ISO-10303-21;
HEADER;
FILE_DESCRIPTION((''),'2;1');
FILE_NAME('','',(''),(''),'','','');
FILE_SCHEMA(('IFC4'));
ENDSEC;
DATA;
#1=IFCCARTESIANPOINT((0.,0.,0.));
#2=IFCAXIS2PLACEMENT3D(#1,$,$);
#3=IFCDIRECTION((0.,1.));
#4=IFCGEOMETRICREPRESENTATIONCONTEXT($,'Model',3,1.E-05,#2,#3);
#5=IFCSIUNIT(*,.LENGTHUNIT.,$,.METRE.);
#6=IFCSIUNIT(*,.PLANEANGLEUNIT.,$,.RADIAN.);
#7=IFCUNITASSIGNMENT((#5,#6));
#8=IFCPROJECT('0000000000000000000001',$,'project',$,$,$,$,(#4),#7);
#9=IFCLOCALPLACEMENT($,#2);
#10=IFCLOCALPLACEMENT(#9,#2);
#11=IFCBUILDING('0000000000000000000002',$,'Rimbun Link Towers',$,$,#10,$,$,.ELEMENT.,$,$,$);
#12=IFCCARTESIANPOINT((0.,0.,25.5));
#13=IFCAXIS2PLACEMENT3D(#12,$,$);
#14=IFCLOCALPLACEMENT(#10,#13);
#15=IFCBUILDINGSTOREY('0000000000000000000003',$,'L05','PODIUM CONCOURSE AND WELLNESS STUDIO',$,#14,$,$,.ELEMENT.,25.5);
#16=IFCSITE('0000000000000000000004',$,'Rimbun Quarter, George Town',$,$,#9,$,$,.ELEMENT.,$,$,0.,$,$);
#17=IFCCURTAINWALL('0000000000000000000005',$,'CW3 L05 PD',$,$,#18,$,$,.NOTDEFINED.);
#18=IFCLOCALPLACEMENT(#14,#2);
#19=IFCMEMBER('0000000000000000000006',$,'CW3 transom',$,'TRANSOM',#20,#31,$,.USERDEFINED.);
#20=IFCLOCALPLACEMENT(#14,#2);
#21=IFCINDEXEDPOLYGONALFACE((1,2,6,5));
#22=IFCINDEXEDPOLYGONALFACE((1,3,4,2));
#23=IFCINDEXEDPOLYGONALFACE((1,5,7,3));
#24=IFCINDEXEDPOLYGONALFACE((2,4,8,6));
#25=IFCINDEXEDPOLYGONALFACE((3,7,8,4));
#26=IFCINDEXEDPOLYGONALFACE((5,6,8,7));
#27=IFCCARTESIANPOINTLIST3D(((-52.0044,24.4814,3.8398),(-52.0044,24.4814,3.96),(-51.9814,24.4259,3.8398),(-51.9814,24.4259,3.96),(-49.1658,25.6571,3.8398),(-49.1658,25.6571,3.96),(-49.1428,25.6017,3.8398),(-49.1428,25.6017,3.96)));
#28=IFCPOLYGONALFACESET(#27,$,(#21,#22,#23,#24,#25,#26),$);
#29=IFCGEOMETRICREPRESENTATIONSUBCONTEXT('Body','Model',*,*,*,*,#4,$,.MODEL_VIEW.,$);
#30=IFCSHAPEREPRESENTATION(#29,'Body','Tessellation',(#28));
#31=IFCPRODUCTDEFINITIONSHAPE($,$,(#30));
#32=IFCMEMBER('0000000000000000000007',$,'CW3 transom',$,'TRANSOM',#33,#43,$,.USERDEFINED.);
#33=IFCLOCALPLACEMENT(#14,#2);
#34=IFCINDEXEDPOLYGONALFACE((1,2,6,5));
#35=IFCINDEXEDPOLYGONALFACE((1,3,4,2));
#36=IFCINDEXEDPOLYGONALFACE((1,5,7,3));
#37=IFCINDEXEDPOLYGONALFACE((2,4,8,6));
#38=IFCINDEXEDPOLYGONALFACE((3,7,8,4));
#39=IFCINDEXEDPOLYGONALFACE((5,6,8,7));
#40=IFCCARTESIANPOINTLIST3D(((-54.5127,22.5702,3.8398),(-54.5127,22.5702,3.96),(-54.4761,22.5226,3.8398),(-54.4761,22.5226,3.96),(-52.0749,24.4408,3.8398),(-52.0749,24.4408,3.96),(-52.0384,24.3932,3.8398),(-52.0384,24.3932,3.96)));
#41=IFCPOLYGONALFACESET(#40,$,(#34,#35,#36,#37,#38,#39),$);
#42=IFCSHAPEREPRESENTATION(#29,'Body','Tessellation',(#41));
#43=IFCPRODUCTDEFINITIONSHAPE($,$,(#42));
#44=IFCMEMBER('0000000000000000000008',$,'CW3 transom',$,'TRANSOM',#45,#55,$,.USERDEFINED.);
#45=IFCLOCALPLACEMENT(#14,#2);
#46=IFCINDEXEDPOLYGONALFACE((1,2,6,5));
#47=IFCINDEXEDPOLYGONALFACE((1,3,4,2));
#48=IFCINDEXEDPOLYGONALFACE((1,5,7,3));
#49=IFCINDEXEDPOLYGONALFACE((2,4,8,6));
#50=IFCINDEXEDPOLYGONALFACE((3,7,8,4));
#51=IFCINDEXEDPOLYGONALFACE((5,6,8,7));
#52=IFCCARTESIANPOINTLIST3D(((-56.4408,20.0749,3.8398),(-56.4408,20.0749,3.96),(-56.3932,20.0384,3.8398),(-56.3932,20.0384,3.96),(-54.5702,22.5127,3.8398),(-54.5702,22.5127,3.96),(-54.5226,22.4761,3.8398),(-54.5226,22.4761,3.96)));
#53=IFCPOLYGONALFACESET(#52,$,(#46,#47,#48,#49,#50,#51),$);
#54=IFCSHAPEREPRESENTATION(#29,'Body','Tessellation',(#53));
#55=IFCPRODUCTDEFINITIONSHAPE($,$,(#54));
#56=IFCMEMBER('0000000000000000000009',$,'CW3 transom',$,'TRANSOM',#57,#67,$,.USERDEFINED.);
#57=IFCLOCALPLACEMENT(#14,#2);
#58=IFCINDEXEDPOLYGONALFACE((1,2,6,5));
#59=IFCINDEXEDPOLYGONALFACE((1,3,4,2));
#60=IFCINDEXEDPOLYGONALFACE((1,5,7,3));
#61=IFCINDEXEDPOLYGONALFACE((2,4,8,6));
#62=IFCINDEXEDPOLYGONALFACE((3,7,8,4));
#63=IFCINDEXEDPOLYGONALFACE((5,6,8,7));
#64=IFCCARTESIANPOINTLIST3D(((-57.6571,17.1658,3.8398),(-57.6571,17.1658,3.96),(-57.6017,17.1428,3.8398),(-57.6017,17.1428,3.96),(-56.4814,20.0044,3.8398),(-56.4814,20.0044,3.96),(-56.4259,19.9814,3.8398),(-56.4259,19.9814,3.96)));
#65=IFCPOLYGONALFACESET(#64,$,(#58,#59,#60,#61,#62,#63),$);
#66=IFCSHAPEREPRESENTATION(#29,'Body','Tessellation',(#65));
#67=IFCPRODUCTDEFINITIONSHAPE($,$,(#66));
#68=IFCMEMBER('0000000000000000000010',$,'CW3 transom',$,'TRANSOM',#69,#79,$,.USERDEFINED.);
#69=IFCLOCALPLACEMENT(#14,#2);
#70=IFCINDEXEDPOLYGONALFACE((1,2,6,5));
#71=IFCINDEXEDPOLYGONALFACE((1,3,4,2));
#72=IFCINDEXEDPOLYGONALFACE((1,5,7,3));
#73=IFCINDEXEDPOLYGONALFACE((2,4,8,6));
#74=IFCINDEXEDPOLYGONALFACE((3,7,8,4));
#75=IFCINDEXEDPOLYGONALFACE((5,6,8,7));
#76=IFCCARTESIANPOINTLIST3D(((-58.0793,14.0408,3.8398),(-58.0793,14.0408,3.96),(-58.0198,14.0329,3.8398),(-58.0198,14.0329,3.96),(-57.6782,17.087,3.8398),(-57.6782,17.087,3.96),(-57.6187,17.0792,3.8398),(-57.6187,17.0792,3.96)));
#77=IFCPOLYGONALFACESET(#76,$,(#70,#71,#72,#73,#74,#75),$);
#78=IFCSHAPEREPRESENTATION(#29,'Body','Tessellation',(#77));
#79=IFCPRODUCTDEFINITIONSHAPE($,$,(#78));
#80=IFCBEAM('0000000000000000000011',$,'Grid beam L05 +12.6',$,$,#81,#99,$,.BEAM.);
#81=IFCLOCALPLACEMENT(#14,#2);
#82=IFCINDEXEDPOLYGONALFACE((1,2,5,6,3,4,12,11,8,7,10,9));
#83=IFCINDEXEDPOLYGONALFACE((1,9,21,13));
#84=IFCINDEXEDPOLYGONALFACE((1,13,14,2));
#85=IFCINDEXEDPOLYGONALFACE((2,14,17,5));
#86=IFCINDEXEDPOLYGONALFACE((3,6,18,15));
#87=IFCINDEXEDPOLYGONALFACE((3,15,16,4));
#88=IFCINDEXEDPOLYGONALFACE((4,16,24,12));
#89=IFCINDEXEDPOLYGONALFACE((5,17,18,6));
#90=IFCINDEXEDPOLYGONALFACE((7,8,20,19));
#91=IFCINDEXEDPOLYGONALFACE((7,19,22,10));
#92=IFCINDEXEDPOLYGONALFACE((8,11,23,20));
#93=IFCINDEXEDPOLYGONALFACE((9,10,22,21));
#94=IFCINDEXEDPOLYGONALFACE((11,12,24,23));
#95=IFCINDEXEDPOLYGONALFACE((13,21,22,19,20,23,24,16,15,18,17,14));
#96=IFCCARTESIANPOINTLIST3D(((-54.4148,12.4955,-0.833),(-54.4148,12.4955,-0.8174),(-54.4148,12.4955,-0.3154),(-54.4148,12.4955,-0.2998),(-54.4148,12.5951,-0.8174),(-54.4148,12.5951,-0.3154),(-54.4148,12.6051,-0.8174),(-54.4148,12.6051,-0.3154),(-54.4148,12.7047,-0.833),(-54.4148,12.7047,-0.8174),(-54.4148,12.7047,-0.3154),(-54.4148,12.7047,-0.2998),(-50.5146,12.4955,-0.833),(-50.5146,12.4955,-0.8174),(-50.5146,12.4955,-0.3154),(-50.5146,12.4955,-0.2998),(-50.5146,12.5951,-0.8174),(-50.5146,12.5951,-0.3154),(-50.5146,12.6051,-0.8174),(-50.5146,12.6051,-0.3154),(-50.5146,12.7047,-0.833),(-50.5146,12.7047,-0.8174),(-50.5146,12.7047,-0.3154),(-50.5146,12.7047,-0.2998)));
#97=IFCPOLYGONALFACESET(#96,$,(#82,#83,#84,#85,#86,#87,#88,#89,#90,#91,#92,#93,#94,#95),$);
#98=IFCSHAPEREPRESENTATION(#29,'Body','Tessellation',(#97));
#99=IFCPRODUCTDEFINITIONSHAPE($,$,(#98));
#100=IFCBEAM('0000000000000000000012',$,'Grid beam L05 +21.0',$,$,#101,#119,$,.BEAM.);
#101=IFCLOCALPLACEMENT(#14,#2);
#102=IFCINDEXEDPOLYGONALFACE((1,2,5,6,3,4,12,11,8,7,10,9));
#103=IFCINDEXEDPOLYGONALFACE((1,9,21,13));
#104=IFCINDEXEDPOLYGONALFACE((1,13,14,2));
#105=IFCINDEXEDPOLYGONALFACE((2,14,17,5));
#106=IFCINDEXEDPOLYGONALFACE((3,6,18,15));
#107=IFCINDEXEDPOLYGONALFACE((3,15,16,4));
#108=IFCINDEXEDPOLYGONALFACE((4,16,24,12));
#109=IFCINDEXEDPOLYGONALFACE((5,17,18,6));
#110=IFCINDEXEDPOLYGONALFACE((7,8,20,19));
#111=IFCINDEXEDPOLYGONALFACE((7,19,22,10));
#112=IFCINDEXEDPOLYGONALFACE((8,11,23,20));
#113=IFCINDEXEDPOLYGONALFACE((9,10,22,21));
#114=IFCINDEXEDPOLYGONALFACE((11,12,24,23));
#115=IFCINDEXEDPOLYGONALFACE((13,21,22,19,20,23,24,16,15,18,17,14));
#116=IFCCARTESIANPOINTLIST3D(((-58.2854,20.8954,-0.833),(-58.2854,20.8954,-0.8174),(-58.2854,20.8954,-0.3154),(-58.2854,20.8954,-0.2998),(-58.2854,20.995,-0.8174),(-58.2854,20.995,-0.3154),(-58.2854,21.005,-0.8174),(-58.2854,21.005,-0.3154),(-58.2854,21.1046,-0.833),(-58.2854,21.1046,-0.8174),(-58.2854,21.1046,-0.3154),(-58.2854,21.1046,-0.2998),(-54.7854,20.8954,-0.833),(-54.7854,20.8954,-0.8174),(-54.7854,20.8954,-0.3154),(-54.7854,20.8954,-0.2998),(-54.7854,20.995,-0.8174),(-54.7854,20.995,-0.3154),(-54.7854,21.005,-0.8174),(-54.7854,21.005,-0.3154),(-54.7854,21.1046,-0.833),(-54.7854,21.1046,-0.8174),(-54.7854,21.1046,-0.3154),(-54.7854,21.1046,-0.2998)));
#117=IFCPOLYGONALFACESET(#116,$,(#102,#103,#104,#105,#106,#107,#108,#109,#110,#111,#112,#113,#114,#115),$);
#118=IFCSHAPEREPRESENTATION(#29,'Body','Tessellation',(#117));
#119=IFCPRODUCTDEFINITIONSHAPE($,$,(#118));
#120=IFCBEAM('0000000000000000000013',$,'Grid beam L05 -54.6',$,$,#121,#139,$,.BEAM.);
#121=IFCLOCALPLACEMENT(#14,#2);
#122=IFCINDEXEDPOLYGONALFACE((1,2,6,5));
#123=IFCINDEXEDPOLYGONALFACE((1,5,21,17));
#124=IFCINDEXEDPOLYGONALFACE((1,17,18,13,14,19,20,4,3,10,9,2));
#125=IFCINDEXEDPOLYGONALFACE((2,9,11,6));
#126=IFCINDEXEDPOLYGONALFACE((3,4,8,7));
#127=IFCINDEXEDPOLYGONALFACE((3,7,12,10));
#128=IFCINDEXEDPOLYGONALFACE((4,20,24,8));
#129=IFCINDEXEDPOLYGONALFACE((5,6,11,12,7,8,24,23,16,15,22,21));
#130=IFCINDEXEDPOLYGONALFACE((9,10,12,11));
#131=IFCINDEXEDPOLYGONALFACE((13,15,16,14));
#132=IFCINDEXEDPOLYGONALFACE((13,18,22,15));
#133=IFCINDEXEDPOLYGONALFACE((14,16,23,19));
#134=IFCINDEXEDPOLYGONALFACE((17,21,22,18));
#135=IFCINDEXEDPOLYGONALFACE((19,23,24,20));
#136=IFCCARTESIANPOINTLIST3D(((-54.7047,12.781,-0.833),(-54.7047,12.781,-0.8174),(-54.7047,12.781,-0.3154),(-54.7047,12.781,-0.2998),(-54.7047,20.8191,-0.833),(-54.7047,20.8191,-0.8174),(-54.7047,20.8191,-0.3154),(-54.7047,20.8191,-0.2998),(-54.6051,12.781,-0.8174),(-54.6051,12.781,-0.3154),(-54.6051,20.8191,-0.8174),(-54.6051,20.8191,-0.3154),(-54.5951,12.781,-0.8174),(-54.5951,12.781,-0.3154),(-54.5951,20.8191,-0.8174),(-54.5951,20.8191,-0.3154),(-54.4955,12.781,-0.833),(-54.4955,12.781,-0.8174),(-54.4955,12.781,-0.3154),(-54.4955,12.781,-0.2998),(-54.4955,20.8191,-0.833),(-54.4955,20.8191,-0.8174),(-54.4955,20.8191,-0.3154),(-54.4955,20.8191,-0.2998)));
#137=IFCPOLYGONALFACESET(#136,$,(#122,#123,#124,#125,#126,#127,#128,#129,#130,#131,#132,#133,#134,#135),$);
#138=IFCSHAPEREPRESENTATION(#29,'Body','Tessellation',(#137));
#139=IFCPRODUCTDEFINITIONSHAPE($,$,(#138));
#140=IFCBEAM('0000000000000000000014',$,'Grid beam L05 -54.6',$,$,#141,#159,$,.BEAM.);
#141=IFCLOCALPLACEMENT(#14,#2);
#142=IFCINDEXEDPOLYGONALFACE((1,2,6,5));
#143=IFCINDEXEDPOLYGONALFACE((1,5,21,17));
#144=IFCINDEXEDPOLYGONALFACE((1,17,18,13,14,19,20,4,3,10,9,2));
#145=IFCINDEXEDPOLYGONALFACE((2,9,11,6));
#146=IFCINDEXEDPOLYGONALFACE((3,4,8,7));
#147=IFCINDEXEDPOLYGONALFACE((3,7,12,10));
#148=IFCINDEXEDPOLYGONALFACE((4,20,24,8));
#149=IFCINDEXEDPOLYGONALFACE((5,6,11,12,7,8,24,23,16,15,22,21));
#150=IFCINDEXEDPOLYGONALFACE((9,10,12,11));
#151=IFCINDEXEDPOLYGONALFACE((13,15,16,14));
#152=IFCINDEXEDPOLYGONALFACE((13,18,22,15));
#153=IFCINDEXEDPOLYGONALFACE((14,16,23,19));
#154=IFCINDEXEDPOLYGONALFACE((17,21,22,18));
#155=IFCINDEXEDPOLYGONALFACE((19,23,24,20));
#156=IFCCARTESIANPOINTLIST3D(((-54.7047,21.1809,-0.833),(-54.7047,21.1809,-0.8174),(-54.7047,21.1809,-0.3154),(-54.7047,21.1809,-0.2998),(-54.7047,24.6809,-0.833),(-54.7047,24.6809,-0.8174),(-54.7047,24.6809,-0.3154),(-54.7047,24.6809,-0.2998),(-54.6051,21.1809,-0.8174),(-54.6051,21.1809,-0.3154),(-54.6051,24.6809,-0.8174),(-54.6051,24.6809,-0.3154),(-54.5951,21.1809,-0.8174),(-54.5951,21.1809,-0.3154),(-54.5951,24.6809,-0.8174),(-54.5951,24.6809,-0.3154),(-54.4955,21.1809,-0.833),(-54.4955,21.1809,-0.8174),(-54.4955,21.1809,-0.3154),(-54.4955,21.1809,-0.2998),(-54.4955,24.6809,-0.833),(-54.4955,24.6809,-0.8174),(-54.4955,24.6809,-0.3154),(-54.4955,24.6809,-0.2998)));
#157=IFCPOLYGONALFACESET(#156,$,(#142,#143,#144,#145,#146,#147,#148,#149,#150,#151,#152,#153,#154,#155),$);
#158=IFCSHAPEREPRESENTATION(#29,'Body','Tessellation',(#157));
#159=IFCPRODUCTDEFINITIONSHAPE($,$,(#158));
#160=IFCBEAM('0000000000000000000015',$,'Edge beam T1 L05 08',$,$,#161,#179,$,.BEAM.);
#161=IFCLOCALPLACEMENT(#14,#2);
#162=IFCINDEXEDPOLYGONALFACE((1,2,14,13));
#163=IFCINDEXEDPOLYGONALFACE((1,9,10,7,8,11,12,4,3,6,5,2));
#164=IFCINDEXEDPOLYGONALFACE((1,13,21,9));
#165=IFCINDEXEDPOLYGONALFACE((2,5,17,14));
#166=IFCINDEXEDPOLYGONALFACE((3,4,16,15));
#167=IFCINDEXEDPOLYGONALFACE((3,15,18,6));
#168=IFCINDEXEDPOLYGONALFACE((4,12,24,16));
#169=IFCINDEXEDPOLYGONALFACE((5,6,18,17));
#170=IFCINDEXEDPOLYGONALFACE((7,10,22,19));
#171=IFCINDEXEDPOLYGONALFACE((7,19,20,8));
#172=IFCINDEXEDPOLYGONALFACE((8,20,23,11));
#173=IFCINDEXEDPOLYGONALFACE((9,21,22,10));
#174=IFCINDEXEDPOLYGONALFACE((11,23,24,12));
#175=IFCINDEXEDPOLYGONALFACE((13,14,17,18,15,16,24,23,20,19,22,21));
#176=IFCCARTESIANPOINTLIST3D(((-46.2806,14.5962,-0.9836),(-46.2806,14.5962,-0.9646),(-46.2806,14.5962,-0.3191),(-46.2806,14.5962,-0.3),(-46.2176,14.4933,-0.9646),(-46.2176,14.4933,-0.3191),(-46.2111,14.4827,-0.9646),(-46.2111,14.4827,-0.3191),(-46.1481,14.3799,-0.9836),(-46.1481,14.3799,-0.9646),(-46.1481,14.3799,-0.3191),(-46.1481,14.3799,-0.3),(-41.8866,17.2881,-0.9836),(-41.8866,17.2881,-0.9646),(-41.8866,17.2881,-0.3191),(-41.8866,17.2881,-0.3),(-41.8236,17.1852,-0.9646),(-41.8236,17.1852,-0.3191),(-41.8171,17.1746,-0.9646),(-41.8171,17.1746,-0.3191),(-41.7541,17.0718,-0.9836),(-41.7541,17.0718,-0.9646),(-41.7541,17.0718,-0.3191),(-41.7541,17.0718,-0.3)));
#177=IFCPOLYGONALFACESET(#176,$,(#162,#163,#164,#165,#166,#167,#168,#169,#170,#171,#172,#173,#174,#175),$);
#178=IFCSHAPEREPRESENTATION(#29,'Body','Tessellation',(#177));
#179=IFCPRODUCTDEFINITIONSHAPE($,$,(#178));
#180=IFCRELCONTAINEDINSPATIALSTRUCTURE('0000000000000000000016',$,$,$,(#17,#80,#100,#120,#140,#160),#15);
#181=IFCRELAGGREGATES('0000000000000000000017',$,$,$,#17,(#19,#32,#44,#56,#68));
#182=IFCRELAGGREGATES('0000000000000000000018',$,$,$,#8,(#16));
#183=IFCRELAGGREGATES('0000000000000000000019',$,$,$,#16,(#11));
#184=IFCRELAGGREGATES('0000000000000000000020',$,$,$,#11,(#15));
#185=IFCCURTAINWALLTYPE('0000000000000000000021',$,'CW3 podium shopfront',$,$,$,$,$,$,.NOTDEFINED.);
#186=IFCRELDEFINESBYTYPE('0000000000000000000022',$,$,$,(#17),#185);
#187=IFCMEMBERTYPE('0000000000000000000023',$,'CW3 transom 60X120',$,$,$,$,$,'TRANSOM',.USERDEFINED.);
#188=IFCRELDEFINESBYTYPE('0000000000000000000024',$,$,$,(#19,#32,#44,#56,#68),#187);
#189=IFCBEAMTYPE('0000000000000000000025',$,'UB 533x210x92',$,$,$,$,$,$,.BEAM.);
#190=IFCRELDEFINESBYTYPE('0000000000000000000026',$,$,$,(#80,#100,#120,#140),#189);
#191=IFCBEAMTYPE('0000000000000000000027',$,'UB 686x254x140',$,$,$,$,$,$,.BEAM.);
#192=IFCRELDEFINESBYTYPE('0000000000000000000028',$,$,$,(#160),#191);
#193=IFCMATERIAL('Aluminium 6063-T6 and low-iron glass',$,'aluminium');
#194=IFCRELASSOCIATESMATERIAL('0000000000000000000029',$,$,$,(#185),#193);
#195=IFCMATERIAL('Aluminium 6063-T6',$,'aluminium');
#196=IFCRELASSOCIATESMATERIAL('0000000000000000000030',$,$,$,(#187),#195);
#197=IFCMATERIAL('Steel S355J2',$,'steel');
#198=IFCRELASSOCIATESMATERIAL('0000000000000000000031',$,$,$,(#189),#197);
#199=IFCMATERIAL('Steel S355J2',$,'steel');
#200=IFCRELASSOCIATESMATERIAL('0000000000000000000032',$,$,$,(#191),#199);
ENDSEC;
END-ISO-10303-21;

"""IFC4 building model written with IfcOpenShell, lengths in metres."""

from ifc_helpers import new_model, si_unit, direction, frame, origin, origin_2d, place, context, subcontext, project, spatial, rectangle, i_section, extrude, material, material_profile, profile_set, type_object, element, aggregate, save


model = new_model("IFC4")

# Units and contexts
model_context = context("Model", 3, precision=1e-05, world=origin(), true_north=direction((0.0, 1.0)))
body_context = subcontext(model_context, "Body", "Model", "MODEL_VIEW")
ifc_project = project(units=[si_unit("LENGTHUNIT", "METRE"), si_unit("PLANEANGLEUNIT", "RADIAN")], contexts=[model_context])

# Site, building, storey
site_placement = place(None, origin())
site = spatial("IfcSite", under=ifc_project, at=site_placement, Name="Rimbun Quarter, George Town", CompositionType="ELEMENT", RefElevation=0.0)
building_placement = place(site_placement, origin())
building = spatial("IfcBuilding", under=site, at=building_placement, Name="Rimbun Link Towers", CompositionType="ELEMENT")
storey_placement = place(building_placement, frame((0.0, 0.0, 25.5)))
storey = spatial("IfcBuildingStorey", under=building, at=storey_placement, Name="L05", Description="PODIUM CONCOURSE AND WELLNESS STUDIO", CompositionType="ELEMENT", Elevation=25.5)

# Curtain wall, members
ifc_material_1 = material(Name="Aluminium 6063-T6 and low-iron glass", Category="aluminium")
curtain_wall_type = type_object("IfcCurtainWallType", Name="CW3 podium shopfront", PredefinedType="NOTDEFINED", material=ifc_material_1)
curtain_wall_placement = place(storey_placement, origin())
curtain_wall = element("IfcCurtainWall", 1, at=curtain_wall_placement, inside=storey, type_object=curtain_wall_type, Name="CW3 L05 PD", PredefinedType="NOTDEFINED")
ifc_material_2 = material(Name="Aluminium 6063-T6", Category="aluminium")
ifc_material_profile_1 = material_profile(ifc_material_2, rectangle(XDim=0.0601, YDim=0.1201, at=origin_2d()), Name="TRANSOM 60X120")
ifc_profile_set_1 = profile_set([ifc_material_profile_1], Name="Aluminium 6063-T6")
member_type_1 = type_object("IfcMemberType", Name="CW3 transom 60X120", ElementType="TRANSOM", PredefinedType="USERDEFINED", material=ifc_profile_set_1)
member_1_placement = place(storey_placement, frame((-51.9929, 24.4536, 3.8999), z_axis=(0.923881, 0.382679, 0.0), x_axis=(-0.382679, 0.923881, 0.0)))
member_1 = element("IfcMember", 2, at=member_1_placement, type_object=member_type_1, Name="CW3 transom", ObjectType="TRANSOM", PredefinedType="USERDEFINED", context=body_context, shape_type="SweptSolid", body=[
    extrude(rectangle(XDim=0.0601, YDim=0.1201, at=origin_2d()), origin(), (0.0, 0.0, 1.0), 3.0725),
])
member_2_placement = place(storey_placement, frame((-54.4944, 22.5464, 3.8999), z_axis=(0.793344, 0.608773, 0.0), x_axis=(-0.608773, 0.793344, 0.0)))
member_2 = element("IfcMember", 3, at=member_2_placement, type_object=member_type_1, Name="CW3 transom", ObjectType="TRANSOM", PredefinedType="USERDEFINED", context=body_context, shape_type="SweptSolid", body=[
    extrude(rectangle(XDim=0.0601, YDim=0.1201, at=origin_2d()), origin(), (0.0, 0.0, 1.0), 3.0728),
])
member_3_placement = place(storey_placement, frame((-56.417, 20.0566, 3.8999), z_axis=(0.608773, 0.793344, 0.0), x_axis=(-0.793344, 0.608773, 0.0)))
member_3 = element("IfcMember", 4, at=member_3_placement, type_object=member_type_1, Name="CW3 transom", ObjectType="TRANSOM", PredefinedType="USERDEFINED", context=body_context, shape_type="SweptSolid", body=[
    extrude(rectangle(XDim=0.0601, YDim=0.1201, at=origin_2d()), origin(), (0.0, 0.0, 1.0), 3.0728),
])
member_4_placement = place(storey_placement, frame((-57.6294, 17.1543, 3.8999), z_axis=(0.382679, 0.923881, 0.0), x_axis=(-0.923881, 0.382679, 0.0)))
member_4 = element("IfcMember", 5, at=member_4_placement, type_object=member_type_1, Name="CW3 transom", ObjectType="TRANSOM", PredefinedType="USERDEFINED", context=body_context, shape_type="SweptSolid", body=[
    extrude(rectangle(XDim=0.0601, YDim=0.1201, at=origin_2d()), origin(), (0.0, 0.0, 1.0), 3.0725),
])
member_5_placement = place(storey_placement, frame((-58.0496, 14.0369, 3.8999), z_axis=(0.130555, 0.991441, 0.0), x_axis=(-0.991441, 0.130555, 0.0)))
member_5 = element("IfcMember", 6, at=member_5_placement, type_object=member_type_1, Name="CW3 transom", ObjectType="TRANSOM", PredefinedType="USERDEFINED", context=body_context, shape_type="SweptSolid", body=[
    extrude(rectangle(XDim=0.0601, YDim=0.1201, at=origin_2d()), origin(), (0.0, 0.0, 1.0), 3.0725),
])

# Beams
ifc_material_3 = material(Name="Steel S355J2", Category="steel")
ifc_material_profile_2 = material_profile(ifc_material_3, i_section(OverallWidth=0.2092, OverallDepth=0.5332, WebThickness=0.01, FlangeThickness=0.0156, at=origin_2d()), Name="UB 533x210x92")
ifc_profile_set_2 = profile_set([ifc_material_profile_2], Name="Steel S355J2")
beam_type_1 = type_object("IfcBeamType", Name="UB 533x210x92", PredefinedType="BEAM", material=ifc_profile_set_2)
beam_1_placement = place(storey_placement, frame((-54.4148, 12.6001, -0.5664), z_axis=(1.0, 0.0, 0.0), x_axis=(0.0, 1.0, 0.0)))
element("IfcBeam", 7, at=beam_1_placement, inside=storey, type_object=beam_type_1, Name="Grid beam L05 +12.6", PredefinedType="BEAM", context=body_context, shape_type="SweptSolid", body=[
    extrude(i_section(OverallWidth=0.2092, OverallDepth=0.5332, WebThickness=0.01, FlangeThickness=0.0156, at=origin_2d()), origin(), (0.0, 0.0, 1.0), 3.9001),
])
beam_2_placement = place(storey_placement, frame((-58.2854, 21.0, -0.5664), z_axis=(1.0, 0.0, 0.0), x_axis=(0.0, 1.0, 0.0)))
element("IfcBeam", 8, at=beam_2_placement, inside=storey, type_object=beam_type_1, Name="Grid beam L05 +21.0", PredefinedType="BEAM", context=body_context, shape_type="SweptSolid", body=[
    extrude(i_section(OverallWidth=0.2092, OverallDepth=0.5332, WebThickness=0.01, FlangeThickness=0.0156, at=origin_2d()), origin(), (0.0, 0.0, 1.0), 3.5),
])
beam_3_placement = place(storey_placement, frame((-54.6001, 12.781, -0.5664), z_axis=(0.0, 1.0, 0.0), x_axis=(-1.0, 0.0, 0.0)))
element("IfcBeam", 9, at=beam_3_placement, inside=storey, type_object=beam_type_1, Name="Grid beam L05 -54.6", PredefinedType="BEAM", context=body_context, shape_type="SweptSolid", body=[
    extrude(i_section(OverallWidth=0.2092, OverallDepth=0.5332, WebThickness=0.01, FlangeThickness=0.0156, at=origin_2d()), origin(), (0.0, 0.0, 1.0), 8.0381),
])
beam_4_placement = place(storey_placement, frame((-54.6001, 21.1809, -0.5664), z_axis=(0.0, 1.0, 0.0), x_axis=(-1.0, 0.0, 0.0)))
element("IfcBeam", 10, at=beam_4_placement, inside=storey, type_object=beam_type_1, Name="Grid beam L05 -54.6", PredefinedType="BEAM", context=body_context, shape_type="SweptSolid", body=[
    extrude(i_section(OverallWidth=0.2092, OverallDepth=0.5332, WebThickness=0.01, FlangeThickness=0.0156, at=origin_2d()), origin(), (0.0, 0.0, 1.0), 3.5),
])
ifc_material_4 = material(Name="Steel S355J2", Category="steel")
ifc_material_profile_3 = material_profile(ifc_material_4, i_section(OverallWidth=0.2537, OverallDepth=0.6836, WebThickness=0.0125, FlangeThickness=0.019, at=origin_2d()), Name="UB 686x254x140")
ifc_profile_set_3 = profile_set([ifc_material_profile_3], Name="Steel S355J2")
beam_type_2 = type_object("IfcBeamType", Name="UB 686x254x140", PredefinedType="BEAM", material=ifc_profile_set_3)
beam_5_placement = place(storey_placement, frame((-41.8203, 17.1799, -0.6418), z_axis=(-0.852707, -0.522389, 0.0), x_axis=(0.522389, -0.852707, 0.0)))
element("IfcBeam", 11, at=beam_5_placement, inside=storey, type_object=beam_type_2, Name="Edge beam T1 L05 08", PredefinedType="BEAM", context=body_context, shape_type="SweptSolid", body=[
    extrude(i_section(OverallWidth=0.2537, OverallDepth=0.6836, WebThickness=0.0125, FlangeThickness=0.019, at=origin_2d()), origin(), (0.0, 0.0, 1.0), 5.1531),
])

aggregate(curtain_wall, [member_1, member_2, member_3, member_4, member_5])

save(model, "model.ifc")
